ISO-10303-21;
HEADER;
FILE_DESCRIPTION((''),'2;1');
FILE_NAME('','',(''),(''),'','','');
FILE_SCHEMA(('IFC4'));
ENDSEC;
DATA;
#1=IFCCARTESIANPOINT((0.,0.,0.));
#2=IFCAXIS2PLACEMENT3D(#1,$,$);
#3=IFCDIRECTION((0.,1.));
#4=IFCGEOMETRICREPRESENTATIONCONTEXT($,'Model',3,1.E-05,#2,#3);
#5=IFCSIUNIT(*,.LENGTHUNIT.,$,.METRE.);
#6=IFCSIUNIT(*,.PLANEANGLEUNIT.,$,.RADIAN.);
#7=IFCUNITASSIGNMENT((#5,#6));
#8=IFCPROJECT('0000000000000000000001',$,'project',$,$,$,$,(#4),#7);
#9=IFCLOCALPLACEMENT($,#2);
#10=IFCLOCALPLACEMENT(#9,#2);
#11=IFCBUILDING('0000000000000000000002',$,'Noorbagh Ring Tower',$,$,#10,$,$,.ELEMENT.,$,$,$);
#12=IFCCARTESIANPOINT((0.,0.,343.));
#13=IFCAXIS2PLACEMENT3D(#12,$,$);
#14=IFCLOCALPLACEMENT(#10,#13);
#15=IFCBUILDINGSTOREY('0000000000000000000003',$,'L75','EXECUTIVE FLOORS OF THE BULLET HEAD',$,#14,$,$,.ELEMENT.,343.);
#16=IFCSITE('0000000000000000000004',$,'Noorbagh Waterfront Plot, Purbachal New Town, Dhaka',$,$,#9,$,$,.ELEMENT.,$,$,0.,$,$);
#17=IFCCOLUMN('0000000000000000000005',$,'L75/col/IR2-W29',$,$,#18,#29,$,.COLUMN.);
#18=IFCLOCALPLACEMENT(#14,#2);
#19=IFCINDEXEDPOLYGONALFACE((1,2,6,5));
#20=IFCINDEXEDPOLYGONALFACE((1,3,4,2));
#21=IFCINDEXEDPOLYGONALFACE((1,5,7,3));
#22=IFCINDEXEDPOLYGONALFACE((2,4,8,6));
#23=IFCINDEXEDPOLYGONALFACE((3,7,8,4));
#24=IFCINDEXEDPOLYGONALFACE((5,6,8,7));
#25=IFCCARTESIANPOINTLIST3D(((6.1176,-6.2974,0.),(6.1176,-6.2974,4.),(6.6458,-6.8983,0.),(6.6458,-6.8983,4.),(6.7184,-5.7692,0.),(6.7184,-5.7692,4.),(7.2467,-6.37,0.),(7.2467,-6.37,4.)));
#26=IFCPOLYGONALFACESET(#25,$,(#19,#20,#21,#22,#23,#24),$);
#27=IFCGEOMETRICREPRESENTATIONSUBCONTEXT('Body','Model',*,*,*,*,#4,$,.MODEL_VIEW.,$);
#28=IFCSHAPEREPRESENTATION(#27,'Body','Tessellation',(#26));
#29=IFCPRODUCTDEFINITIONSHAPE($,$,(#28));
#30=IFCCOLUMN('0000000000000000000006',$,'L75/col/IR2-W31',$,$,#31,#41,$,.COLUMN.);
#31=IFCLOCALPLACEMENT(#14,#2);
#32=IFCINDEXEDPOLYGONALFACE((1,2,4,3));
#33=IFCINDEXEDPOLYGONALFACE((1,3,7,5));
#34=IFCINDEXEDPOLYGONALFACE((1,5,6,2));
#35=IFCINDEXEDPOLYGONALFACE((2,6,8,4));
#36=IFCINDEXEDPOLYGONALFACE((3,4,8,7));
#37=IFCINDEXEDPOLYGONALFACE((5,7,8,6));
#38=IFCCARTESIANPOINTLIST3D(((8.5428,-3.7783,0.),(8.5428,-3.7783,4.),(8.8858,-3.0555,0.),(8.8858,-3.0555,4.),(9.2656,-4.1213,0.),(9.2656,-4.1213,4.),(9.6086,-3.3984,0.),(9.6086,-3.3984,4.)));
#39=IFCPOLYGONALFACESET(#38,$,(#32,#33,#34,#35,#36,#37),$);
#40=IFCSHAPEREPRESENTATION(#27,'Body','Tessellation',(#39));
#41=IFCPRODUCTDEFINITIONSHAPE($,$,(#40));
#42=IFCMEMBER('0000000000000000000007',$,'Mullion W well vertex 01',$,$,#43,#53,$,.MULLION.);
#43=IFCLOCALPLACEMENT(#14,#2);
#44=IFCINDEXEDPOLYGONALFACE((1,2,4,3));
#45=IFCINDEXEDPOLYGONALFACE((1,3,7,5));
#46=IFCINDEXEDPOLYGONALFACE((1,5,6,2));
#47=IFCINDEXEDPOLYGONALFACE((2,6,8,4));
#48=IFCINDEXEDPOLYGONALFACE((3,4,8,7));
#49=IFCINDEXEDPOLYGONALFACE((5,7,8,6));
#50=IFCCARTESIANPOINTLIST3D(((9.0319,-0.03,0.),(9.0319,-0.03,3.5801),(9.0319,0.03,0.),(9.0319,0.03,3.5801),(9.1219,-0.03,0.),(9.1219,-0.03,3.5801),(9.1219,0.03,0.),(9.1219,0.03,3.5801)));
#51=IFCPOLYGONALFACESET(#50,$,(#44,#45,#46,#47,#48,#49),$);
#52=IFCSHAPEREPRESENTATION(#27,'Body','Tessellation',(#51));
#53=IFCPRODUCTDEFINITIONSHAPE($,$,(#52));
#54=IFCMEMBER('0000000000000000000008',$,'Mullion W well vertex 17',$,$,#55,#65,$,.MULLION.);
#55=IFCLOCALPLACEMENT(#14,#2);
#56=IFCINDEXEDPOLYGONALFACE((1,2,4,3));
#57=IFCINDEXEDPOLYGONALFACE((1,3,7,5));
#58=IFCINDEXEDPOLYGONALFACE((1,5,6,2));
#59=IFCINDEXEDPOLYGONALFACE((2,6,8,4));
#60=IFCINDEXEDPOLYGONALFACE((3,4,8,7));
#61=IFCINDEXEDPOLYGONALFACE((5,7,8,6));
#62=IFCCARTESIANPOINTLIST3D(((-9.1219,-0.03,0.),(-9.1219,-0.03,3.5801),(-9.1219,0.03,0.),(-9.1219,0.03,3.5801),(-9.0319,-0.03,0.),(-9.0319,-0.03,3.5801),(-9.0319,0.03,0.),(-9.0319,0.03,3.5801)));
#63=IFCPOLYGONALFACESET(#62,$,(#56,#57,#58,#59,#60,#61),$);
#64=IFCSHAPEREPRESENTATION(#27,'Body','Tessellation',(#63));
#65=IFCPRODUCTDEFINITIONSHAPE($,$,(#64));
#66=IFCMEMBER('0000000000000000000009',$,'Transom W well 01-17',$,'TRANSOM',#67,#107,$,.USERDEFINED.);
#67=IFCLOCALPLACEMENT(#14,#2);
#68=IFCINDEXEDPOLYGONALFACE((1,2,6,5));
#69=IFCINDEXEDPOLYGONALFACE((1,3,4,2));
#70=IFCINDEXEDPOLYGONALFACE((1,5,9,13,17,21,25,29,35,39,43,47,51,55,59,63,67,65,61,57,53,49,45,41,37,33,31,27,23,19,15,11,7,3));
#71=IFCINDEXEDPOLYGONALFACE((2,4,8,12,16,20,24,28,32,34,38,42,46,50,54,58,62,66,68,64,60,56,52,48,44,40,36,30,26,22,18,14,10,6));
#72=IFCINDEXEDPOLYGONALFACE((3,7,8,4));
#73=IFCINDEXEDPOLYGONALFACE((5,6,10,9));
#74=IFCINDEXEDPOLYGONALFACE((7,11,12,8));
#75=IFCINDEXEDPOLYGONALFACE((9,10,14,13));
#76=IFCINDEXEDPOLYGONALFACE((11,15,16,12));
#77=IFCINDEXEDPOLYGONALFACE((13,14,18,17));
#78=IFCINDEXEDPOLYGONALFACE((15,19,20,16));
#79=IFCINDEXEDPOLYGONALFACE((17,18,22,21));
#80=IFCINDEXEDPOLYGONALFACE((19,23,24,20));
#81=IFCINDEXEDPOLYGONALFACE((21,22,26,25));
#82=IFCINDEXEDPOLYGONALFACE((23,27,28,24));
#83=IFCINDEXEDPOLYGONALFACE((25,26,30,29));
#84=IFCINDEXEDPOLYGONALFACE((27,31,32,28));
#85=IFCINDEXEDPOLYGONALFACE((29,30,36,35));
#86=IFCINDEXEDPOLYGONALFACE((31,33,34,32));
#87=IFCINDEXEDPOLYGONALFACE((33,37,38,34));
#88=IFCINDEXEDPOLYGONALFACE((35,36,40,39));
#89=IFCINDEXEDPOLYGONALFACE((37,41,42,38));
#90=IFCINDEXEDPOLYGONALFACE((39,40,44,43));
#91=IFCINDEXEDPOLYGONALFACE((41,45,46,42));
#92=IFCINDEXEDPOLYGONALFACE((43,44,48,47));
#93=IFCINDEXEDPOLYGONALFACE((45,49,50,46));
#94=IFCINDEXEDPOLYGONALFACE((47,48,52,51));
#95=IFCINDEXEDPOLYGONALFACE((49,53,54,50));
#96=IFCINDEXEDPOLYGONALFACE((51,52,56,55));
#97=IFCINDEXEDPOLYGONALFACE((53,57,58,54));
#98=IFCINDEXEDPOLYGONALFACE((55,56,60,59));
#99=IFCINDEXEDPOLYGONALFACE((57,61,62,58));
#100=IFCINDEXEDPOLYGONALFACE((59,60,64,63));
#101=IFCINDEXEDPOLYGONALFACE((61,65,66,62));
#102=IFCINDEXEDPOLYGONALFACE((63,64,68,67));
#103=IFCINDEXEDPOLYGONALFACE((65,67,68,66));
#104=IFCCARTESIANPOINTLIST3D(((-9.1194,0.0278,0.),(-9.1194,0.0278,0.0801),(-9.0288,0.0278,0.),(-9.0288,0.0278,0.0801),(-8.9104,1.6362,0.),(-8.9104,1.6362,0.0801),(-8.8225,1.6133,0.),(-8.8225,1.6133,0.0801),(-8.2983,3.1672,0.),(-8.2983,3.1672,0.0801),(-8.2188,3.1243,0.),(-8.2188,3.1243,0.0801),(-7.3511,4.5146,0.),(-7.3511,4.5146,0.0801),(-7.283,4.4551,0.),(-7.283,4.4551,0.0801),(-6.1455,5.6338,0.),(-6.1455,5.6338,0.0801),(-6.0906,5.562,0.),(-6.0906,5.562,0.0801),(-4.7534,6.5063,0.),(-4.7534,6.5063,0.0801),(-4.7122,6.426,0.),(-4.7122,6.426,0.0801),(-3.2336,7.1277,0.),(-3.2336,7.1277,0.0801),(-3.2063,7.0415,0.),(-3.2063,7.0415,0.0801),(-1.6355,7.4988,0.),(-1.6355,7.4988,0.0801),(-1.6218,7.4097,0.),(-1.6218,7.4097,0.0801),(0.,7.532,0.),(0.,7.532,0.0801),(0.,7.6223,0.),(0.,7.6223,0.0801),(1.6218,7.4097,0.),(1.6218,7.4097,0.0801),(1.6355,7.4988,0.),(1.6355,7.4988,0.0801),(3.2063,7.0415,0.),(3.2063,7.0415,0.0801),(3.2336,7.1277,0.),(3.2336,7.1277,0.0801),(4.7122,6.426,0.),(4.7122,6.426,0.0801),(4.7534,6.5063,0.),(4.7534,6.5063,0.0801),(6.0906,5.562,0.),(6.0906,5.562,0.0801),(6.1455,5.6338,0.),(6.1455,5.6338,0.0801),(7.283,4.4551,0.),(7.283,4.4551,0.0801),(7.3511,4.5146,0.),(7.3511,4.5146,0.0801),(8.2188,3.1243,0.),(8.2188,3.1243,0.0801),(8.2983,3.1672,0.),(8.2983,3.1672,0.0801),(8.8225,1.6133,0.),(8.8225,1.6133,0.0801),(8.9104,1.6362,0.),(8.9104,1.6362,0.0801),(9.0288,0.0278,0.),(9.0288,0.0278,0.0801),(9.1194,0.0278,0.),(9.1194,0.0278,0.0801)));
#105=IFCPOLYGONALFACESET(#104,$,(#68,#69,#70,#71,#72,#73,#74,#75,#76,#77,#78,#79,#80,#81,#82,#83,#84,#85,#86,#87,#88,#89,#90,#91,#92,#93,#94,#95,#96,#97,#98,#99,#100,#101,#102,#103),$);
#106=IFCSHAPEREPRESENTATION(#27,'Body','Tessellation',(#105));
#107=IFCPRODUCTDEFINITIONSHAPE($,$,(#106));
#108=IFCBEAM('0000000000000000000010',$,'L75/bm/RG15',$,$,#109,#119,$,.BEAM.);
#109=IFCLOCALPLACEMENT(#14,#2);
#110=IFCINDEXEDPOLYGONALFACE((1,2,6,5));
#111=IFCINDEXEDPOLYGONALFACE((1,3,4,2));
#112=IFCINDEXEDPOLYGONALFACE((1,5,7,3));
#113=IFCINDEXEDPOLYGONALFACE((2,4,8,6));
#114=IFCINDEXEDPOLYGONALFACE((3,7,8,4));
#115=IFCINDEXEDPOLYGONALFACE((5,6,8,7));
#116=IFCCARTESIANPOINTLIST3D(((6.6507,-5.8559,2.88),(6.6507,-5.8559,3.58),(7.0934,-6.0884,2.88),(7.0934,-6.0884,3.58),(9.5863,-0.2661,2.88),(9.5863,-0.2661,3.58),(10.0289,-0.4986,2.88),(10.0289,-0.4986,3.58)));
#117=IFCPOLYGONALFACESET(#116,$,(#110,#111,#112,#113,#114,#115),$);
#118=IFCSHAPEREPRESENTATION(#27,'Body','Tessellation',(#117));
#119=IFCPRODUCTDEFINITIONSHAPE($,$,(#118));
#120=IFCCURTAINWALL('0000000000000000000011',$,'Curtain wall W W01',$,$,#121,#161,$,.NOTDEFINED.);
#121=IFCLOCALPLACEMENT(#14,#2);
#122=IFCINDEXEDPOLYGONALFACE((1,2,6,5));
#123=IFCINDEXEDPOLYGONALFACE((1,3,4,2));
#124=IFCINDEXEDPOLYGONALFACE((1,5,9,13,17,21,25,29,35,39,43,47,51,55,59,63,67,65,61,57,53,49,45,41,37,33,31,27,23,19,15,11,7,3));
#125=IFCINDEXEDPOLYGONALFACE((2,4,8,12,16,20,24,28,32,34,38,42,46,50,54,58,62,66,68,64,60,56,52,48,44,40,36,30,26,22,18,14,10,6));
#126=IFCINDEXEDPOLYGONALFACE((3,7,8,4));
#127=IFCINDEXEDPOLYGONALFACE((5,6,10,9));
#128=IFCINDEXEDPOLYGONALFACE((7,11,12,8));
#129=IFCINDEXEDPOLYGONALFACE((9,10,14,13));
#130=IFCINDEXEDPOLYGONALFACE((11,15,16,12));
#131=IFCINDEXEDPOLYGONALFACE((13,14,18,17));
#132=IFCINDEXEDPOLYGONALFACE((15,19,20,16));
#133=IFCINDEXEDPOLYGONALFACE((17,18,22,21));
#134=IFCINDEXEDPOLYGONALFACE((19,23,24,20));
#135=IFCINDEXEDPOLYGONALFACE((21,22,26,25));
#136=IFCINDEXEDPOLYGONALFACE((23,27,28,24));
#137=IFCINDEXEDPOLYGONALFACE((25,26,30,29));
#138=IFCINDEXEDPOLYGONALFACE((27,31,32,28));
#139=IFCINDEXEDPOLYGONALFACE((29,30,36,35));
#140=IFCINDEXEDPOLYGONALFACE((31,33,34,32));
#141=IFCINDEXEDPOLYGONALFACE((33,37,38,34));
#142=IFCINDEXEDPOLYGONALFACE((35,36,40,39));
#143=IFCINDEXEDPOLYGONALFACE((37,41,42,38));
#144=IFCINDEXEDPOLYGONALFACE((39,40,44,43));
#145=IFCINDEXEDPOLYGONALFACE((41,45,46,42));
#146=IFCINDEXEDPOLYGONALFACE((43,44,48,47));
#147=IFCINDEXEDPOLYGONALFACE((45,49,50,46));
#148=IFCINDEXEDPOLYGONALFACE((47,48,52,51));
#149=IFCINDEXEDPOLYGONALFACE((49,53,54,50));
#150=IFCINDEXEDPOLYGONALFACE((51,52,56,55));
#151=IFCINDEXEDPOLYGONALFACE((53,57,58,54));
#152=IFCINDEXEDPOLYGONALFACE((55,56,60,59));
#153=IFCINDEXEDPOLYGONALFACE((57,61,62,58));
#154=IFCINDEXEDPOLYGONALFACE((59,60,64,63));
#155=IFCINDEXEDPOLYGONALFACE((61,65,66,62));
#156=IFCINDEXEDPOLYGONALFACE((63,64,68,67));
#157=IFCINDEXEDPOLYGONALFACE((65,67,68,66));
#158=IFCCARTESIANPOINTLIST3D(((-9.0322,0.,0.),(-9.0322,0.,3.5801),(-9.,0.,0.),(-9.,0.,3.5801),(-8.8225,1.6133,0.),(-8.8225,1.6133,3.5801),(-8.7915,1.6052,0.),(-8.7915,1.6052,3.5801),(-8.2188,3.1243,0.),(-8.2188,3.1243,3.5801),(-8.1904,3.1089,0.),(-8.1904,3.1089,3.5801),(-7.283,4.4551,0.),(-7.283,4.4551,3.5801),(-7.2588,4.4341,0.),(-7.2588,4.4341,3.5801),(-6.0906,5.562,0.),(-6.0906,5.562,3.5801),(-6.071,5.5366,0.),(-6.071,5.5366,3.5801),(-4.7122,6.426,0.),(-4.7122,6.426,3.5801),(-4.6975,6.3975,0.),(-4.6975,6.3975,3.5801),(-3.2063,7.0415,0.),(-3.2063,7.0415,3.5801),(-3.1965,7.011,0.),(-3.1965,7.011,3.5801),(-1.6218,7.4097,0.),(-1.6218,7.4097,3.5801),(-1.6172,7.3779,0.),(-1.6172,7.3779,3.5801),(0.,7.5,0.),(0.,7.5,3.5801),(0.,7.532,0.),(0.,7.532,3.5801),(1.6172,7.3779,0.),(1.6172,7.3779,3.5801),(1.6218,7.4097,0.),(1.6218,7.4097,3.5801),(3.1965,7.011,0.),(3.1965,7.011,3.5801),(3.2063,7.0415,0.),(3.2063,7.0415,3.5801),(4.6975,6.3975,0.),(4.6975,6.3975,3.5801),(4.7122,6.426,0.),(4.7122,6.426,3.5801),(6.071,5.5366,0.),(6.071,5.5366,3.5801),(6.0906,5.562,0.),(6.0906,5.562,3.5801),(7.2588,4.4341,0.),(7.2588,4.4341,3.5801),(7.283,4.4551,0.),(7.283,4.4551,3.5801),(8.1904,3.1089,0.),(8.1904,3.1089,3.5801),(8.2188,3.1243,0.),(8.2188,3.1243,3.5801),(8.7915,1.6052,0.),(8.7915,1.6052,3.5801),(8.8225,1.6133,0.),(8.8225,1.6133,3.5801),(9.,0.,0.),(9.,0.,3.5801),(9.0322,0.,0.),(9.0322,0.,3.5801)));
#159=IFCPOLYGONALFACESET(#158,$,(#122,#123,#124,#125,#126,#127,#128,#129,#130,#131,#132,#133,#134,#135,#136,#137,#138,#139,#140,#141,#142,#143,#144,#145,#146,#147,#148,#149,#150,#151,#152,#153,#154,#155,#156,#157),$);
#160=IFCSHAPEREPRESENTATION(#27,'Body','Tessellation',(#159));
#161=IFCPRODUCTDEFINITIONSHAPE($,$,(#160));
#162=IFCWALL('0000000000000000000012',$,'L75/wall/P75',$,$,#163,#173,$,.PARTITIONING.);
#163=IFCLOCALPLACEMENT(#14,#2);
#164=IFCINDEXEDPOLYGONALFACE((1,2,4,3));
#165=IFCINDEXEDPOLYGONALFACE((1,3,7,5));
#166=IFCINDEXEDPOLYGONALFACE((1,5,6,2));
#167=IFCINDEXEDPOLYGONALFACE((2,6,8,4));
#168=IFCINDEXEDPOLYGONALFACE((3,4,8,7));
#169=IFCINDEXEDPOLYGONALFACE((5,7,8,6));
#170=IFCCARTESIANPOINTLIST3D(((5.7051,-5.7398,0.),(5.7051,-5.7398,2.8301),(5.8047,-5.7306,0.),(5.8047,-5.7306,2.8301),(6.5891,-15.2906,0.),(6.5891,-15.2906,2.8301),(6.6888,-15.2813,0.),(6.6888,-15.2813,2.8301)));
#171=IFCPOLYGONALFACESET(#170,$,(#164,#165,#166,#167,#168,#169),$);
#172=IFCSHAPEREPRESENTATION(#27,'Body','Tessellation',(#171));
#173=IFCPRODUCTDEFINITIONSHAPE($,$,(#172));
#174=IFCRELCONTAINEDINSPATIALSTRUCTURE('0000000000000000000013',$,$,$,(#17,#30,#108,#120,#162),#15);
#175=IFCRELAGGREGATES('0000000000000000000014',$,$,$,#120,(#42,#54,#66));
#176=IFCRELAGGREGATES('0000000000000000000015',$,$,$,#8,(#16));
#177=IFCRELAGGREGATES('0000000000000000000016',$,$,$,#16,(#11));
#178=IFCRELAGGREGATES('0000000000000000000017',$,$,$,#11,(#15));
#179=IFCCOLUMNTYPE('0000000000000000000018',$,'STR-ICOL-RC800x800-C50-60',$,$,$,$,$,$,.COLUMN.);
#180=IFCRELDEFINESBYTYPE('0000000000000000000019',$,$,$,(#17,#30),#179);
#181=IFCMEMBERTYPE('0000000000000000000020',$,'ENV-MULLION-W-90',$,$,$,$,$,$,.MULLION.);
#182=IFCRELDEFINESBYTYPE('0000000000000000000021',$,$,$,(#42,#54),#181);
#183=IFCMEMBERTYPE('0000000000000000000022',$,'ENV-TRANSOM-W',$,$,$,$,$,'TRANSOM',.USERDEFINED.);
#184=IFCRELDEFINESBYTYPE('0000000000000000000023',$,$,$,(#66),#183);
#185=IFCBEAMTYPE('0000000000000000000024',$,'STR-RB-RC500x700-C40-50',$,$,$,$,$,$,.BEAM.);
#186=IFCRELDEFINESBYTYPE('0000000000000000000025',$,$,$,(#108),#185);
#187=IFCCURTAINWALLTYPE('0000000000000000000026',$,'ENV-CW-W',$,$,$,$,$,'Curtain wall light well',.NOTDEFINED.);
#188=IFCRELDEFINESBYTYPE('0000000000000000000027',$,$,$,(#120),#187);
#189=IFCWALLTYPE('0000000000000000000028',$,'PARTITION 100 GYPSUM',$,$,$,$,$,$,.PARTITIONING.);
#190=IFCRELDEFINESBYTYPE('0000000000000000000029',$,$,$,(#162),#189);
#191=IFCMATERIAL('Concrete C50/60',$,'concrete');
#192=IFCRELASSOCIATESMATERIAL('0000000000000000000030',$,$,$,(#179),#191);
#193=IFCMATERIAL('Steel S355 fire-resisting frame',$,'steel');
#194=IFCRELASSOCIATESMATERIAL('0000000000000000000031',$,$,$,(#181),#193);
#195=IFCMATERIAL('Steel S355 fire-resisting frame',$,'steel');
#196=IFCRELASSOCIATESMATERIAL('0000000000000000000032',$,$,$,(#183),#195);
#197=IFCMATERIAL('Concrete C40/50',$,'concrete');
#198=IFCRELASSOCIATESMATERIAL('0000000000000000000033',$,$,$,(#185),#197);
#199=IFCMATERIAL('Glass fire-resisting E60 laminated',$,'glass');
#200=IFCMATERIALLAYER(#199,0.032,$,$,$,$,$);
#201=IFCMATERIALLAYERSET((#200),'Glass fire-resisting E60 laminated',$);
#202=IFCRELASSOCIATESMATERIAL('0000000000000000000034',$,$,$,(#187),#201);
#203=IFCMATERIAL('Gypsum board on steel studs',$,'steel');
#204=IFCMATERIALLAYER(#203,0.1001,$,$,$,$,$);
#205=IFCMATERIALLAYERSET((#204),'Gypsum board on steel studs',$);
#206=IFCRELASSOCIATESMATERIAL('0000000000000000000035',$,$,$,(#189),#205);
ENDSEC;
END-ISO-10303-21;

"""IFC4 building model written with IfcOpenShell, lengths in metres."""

from ifc_helpers import new_model, si_unit, direction, frame, frame_2d, origin, origin_2d, place, context, subcontext, project, spatial, polyline, rectangle, outline, extrude, material, layer, layer_set, material_profile, profile_set, type_object, element, aggregate, save


model = new_model("IFC4")

# Units and contexts
model_context = context("Model", 3, precision=1e-05, world=origin(), true_north=direction((0.0, 1.0)))
body_context = subcontext(model_context, "Body", "Model", "MODEL_VIEW")
ifc_project = project(units=[si_unit("LENGTHUNIT", "METRE"), si_unit("PLANEANGLEUNIT", "RADIAN")], contexts=[model_context])

# Site, building, storey
site_placement = place(None, origin())
site = spatial("IfcSite", under=ifc_project, at=site_placement, Name="Noorbagh Waterfront Plot, Purbachal New Town, Dhaka", CompositionType="ELEMENT", RefElevation=0.0)
building_placement = place(site_placement, origin())
building = spatial("IfcBuilding", under=site, at=building_placement, Name="Noorbagh Ring Tower", CompositionType="ELEMENT")
storey_placement = place(building_placement, frame((0.0, 0.0, 343.0)))
storey = spatial("IfcBuildingStorey", under=building, at=storey_placement, Name="L75", Description="EXECUTIVE FLOORS OF THE BULLET HEAD", CompositionType="ELEMENT", Elevation=343.0)

# Columns
ifc_material_1 = material(Name="Concrete C50/60", Category="concrete")
ifc_material_profile_1 = material_profile(ifc_material_1, rectangle(XDim=0.8, YDim=0.8, at=origin_2d()), Name="RC800x800")
ifc_profile_set_1 = profile_set([ifc_material_profile_1], Name="Concrete C50/60")
column_type = type_object("IfcColumnType", Name="STR-ICOL-RC800x800-C50-60", PredefinedType="COLUMN", material=ifc_profile_set_1)
for number, where, z_axis, x_axis, name in (
    (1, (6.6821, -6.3337, 0.0), (0.0, 0.0, 1.0), (0.751022, 0.660277, 0.0), "L75/col/IR2-W29"),
    (2, (9.0757, -3.5884, 0.0), (0.0, 0.0, 1.0), (0.428667, 0.903463, 0.0), "L75/col/IR2-W31"),
):
    element("IfcColumn", number, at=place(storey_placement, frame(where, z_axis=z_axis, x_axis=x_axis)), inside=storey, type_object=column_type, Name=name, PredefinedType="COLUMN", context=body_context, shape_type="SweptSolid", body=[
        extrude(rectangle(XDim=0.8, YDim=0.8, at=origin_2d()), origin(), (0.0, 0.0, 1.0), 4.0),
    ])

# Members
ifc_material_2 = material(Name="Steel S355 fire-resisting frame", Category="steel")
ifc_material_profile_2 = material_profile(ifc_material_2, rectangle(XDim=0.0901, YDim=0.0601, at=origin_2d()), Name="90x60")
ifc_profile_set_2 = profile_set([ifc_material_profile_2], Name="Steel S355 fire-resisting frame")
member_type_1 = type_object("IfcMemberType", Name="ENV-MULLION-W-90", PredefinedType="MULLION", material=ifc_profile_set_2)
member_1_placement = place(storey_placement, frame((9.0769, 0.0, 0.0), z_axis=(0.0, 0.0, 1.0), x_axis=(1.0, 0.0, 0.0)))
member_1 = element("IfcMember", 3, at=member_1_placement, type_object=member_type_1, Name="Mullion W well vertex 01", PredefinedType="MULLION", context=body_context, shape_type="SweptSolid", body=[
    extrude(rectangle(XDim=0.0901, YDim=0.0601, at=origin_2d()), origin(), (0.0, 0.0, 1.0), 3.5801),
])
member_2_placement = place(storey_placement, frame((-9.0769, 0.0, 0.0), z_axis=(0.0, 0.0, 1.0), x_axis=(-1.0, 0.0, 0.0)))
member_2 = element("IfcMember", 4, at=member_2_placement, type_object=member_type_1, Name="Mullion W well vertex 17", PredefinedType="MULLION", context=body_context, shape_type="SweptSolid", body=[
    extrude(rectangle(XDim=0.0901, YDim=0.0601, at=origin_2d()), origin(), (0.0, 0.0, 1.0), 3.5801),
])
ifc_material_3 = material(Name="Steel S355 fire-resisting frame", Category="steel")
member_type_2 = type_object("IfcMemberType", Name="ENV-TRANSOM-W", ElementType="TRANSOM", PredefinedType="USERDEFINED", material=ifc_material_3)
member_3_placement = place(storey_placement, origin())
member_3 = element("IfcMember", 5, at=member_3_placement, type_object=member_type_2, Name="Transom W well 01-17", ObjectType="TRANSOM", PredefinedType="USERDEFINED", context=body_context, shape_type="SweptSolid", body=[
    extrude(outline(polyline([(9.1194, 0.0278), (8.9104, 1.6362), (8.2983, 3.1672), (7.3511, 4.5146), (6.1455, 5.6338), (4.7534, 6.5063), (3.2336, 7.1277), (1.6355, 7.4988), (0.0, 7.6223), (-1.6355, 7.4988), (-3.2336, 7.1277), (-4.7534, 6.5063), (-6.1455, 5.6338), (-7.3511, 4.5146), (-8.2983, 3.1672), (-8.9104, 1.6362), (-9.1194, 0.0278), (-9.0288, 0.0278), (-8.8225, 1.6133), (-8.2188, 3.1243), (-7.283, 4.4551), (-6.0906, 5.562), (-4.7122, 6.426), (-3.2063, 7.0415), (-1.6218, 7.4097), (0.0, 7.532), (1.6218, 7.4097), (3.2063, 7.0415), (4.7122, 6.426), (6.0906, 5.562), (7.283, 4.4551), (8.2188, 3.1243), (8.8225, 1.6133), (9.0288, 0.0278), (9.1194, 0.0278)])), origin(), (0.0, 0.0, 1.0), 0.0801),
])

# Beam
ifc_material_4 = material(Name="Concrete C40/50", Category="concrete")
ifc_material_profile_3 = material_profile(ifc_material_4, rectangle(XDim=0.5, YDim=0.7, at=origin_2d()), Name="RC500x700")
ifc_profile_set_3 = profile_set([ifc_material_profile_3], Name="Concrete C40/50")
beam_type = type_object("IfcBeamType", Name="STR-RB-RC500x700-C40-50", PredefinedType="BEAM", material=ifc_profile_set_3)
beam_placement = place(storey_placement, frame((6.8721, -5.9722, 3.23), z_axis=(0.464943, 0.885341, 0.0), x_axis=(-0.885341, 0.464943, 0.0)))
element("IfcBeam", 6, at=beam_placement, inside=storey, type_object=beam_type, Name="L75/bm/RG15", PredefinedType="BEAM", context=body_context, shape_type="SweptSolid", body=[
    extrude(rectangle(XDim=0.5, YDim=0.7, at=origin_2d()), origin(), (0.0, 0.0, 1.0), 6.3137),
])

# Curtain wall
ifc_material_5 = material(Name="Glass fire-resisting E60 laminated", Category="glass")
ifc_layer_1 = layer(ifc_material_5, 0.032)
ifc_layer_set_1 = layer_set([ifc_layer_1], Name="Glass fire-resisting E60 laminated")
curtain_wall_type_1 = type_object("IfcCurtainWallType", Name="ENV-CW-W", ElementType="Curtain wall light well", PredefinedType="NOTDEFINED", material=ifc_layer_set_1)
curtain_wall_1_placement = place(storey_placement, origin())
curtain_wall_1 = element("IfcCurtainWall", 7, at=curtain_wall_1_placement, inside=storey, type_object=curtain_wall_type_1, Name="Curtain wall W W01", PredefinedType="NOTDEFINED", context=body_context, shape_type="SweptSolid", body=[
    extrude(outline(polyline([(9.0322, 0.0), (8.8225, 1.6133), (8.2188, 3.1243), (7.283, 4.4551), (6.0906, 5.562), (4.7122, 6.426), (3.2063, 7.0415), (1.6218, 7.4097), (0.0, 7.532), (-1.6218, 7.4097), (-3.2063, 7.0415), (-4.7122, 6.426), (-6.0906, 5.562), (-7.283, 4.4551), (-8.2188, 3.1243), (-8.8225, 1.6133), (-9.0322, 0.0), (-9.0, 0.0), (-8.7915, 1.6052), (-8.1904, 3.1089), (-7.2588, 4.4341), (-6.071, 5.5366), (-4.6975, 6.3975), (-3.1965, 7.011), (-1.6172, 7.3779), (0.0, 7.5), (1.6172, 7.3779), (3.1965, 7.011), (4.6975, 6.3975), (6.071, 5.5366), (7.2588, 4.4341), (8.1904, 3.1089), (8.7915, 1.6052), (9.0, 0.0), (9.0322, 0.0)])), origin(), (0.0, 0.0, 1.0), 3.5801),
])
aggregate(curtain_wall_1, [member_1, member_2, member_3])

# Wall
ifc_material_6 = material(Name="Gypsum board on steel studs", Category="steel")
ifc_layer_2 = layer(ifc_material_6, 0.1001)
ifc_layer_set_2 = layer_set([ifc_layer_2], Name="Gypsum board on steel studs")
wall_type = type_object("IfcWallType", Name="PARTITION 100 GYPSUM", PredefinedType="PARTITIONING", material=ifc_layer_set_2)
wall_placement = place(storey_placement, frame((5.7549, -5.7351, 0.0), z_axis=(0.0, 0.0, 1.0), x_axis=(0.092167, -0.995744, 0.0)))
element("IfcWall", 8, at=wall_placement, inside=storey, type_object=wall_type, Name="L75/wall/P75", PredefinedType="PARTITIONING", context=body_context, shape_type="SweptSolid", body=[
    extrude(rectangle(XDim=9.5916, YDim=0.1001, at=frame_2d((4.7959, 0.0))), origin(), (0.0, 0.0, 1.0), 2.8301),
])

save(model, "model.ifc")
